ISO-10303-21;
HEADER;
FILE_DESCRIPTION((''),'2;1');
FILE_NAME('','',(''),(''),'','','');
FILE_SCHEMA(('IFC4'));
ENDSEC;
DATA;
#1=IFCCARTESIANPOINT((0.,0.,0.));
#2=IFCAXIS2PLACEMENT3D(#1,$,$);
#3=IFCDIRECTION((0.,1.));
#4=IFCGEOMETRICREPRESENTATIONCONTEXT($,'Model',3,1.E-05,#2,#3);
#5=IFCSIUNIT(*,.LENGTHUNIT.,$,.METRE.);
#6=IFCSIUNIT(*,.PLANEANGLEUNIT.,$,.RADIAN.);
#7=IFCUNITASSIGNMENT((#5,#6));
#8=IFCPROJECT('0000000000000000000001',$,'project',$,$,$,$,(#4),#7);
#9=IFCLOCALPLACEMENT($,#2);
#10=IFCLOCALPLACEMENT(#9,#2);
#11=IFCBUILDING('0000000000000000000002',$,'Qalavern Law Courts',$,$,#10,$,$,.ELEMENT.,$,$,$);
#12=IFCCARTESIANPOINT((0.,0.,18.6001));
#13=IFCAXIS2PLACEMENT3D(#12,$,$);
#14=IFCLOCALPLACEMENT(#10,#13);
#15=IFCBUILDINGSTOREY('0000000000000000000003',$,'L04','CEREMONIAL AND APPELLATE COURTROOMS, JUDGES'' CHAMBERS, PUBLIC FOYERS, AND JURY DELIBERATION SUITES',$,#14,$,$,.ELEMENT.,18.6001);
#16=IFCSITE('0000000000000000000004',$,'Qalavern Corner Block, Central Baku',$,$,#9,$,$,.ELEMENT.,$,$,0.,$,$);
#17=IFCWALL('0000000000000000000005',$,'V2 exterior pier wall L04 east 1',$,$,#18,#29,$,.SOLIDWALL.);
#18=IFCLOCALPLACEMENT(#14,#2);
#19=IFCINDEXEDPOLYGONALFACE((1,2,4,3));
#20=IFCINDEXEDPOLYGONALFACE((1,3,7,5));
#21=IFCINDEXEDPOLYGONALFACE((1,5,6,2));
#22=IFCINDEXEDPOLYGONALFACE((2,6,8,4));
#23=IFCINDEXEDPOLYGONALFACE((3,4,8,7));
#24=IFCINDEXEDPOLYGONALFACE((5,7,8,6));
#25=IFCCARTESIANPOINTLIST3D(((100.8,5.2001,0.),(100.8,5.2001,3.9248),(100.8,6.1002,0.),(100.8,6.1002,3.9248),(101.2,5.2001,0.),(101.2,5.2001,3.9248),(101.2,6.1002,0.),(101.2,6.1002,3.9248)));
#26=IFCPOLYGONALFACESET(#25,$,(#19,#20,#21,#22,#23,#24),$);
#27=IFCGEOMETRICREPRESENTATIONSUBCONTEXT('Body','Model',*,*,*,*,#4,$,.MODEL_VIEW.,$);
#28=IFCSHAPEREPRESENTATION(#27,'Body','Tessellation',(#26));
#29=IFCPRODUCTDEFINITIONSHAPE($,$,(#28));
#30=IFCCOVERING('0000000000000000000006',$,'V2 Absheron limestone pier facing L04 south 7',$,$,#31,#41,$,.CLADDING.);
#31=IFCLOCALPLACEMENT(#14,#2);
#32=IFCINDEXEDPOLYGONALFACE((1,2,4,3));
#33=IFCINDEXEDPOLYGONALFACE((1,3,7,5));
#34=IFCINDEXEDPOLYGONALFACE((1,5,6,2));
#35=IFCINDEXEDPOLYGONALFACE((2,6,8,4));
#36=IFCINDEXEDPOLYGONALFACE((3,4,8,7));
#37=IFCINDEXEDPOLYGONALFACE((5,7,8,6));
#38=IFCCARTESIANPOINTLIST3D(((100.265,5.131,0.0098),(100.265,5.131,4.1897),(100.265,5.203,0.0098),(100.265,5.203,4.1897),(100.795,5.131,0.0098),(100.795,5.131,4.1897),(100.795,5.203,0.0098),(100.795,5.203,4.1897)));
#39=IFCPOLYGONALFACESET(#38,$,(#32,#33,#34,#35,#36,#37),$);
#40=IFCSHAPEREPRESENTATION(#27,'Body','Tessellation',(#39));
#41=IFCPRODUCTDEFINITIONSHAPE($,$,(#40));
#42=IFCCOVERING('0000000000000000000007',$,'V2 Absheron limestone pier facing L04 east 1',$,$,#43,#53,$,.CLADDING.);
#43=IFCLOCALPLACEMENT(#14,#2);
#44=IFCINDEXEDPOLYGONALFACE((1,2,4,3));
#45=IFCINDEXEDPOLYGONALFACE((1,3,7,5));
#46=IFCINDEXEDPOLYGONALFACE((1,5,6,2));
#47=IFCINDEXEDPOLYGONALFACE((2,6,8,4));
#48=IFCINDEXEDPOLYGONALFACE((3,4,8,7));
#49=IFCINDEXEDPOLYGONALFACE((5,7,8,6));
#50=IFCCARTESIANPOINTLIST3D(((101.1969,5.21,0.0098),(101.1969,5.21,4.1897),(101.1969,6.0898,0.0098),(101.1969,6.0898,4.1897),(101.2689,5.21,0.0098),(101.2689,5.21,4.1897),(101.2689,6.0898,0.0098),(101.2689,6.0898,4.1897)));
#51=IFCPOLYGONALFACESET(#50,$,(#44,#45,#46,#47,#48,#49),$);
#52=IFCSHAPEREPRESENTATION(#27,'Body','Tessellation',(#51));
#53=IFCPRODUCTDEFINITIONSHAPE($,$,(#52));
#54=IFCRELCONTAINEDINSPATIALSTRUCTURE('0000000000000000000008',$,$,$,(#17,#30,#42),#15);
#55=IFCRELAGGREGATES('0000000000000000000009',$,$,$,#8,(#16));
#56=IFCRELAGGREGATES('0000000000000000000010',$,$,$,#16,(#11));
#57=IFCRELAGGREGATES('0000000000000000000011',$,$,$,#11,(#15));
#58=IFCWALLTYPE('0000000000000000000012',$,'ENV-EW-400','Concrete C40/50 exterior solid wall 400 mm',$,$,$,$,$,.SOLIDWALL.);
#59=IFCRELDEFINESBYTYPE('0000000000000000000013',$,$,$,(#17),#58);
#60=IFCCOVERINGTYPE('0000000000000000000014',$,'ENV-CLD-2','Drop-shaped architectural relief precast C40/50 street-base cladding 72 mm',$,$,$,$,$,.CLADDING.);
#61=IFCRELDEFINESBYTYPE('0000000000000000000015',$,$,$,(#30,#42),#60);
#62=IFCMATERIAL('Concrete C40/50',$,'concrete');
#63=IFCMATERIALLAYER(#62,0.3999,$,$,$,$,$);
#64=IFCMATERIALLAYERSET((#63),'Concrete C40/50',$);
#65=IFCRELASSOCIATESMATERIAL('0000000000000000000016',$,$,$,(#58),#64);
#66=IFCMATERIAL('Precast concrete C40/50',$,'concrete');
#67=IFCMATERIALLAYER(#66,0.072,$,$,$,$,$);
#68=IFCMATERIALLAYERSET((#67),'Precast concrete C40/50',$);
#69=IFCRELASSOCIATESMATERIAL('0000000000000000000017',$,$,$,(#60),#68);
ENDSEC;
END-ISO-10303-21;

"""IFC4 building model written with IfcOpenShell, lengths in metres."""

from ifc_helpers import new_model, si_unit, direction, frame, frame_2d, origin, origin_2d, place, context, subcontext, project, spatial, rectangle, extrude, material, layer, layer_set, type_object, element, save


model = new_model("IFC4")

# Units and contexts
model_context = context("Model", 3, precision=1e-05, world=origin(), true_north=direction((0.0, 1.0)))
body_context = subcontext(model_context, "Body", "Model", "MODEL_VIEW")
ifc_project = project(units=[si_unit("LENGTHUNIT", "METRE"), si_unit("PLANEANGLEUNIT", "RADIAN")], contexts=[model_context])

# Site, building, storey
site_placement = place(None, origin())
site = spatial("IfcSite", under=ifc_project, at=site_placement, Name="Qalavern Corner Block, Central Baku", CompositionType="ELEMENT", RefElevation=0.0)
building_placement = place(site_placement, origin())
building = spatial("IfcBuilding", under=site, at=building_placement, Name="Qalavern Law Courts", CompositionType="ELEMENT")
storey_placement = place(building_placement, frame((0.0, 0.0, 18.6001)))
storey = spatial("IfcBuildingStorey", under=building, at=storey_placement, Name="L04", Description="CEREMONIAL AND APPELLATE COURTROOMS, JUDGES' CHAMBERS, PUBLIC FOYERS, AND JURY DELIBERATION SUITES", CompositionType="ELEMENT", Elevation=18.6001)

# Wall
ifc_material_1 = material(Name="Concrete C40/50", Category="concrete")
ifc_layer_1 = layer(ifc_material_1, 0.3999)
ifc_layer_set_1 = layer_set([ifc_layer_1], Name="Concrete C40/50")
wall_type = type_object("IfcWallType", Name="ENV-EW-400", Description="Concrete C40/50 exterior solid wall 400 mm", PredefinedType="SOLIDWALL", material=ifc_layer_set_1)
wall_1_placement = place(storey_placement, frame((101.0, 5.2, 0.0), z_axis=(0.0, 0.0, 1.0), x_axis=(0.0, 1.0, 0.0)))
element("IfcWall", 1, at=wall_1_placement, inside=storey, type_object=wall_type, Name="V2 exterior pier wall L04 east 1", PredefinedType="SOLIDWALL", context=body_context, shape_type="SweptSolid", body=[
    extrude(rectangle(XDim=0.9001, YDim=0.3999, at=frame_2d((0.4502, 0.0))), origin(), (0.0, 0.0, 1.0), 3.9248),
])

# Coverings
ifc_material_2 = material(Name="Precast concrete C40/50", Category="concrete")
ifc_layer_2 = layer(ifc_material_2, 0.072)
ifc_layer_set_2 = layer_set([ifc_layer_2], Name="Precast concrete C40/50")
covering_type = type_object("IfcCoveringType", Name="ENV-CLD-2", Description="Drop-shaped architectural relief precast C40/50 street-base cladding 72 mm", PredefinedType="CLADDING", material=ifc_layer_set_2)
covering_1_placement = place(storey_placement, frame((100.53, 5.167, 0.0098), z_axis=(0.0, 0.0, 1.0), x_axis=(1.0, 0.0, 0.0)))
element("IfcCovering", 2, at=covering_1_placement, inside=storey, type_object=covering_type, Name="V2 Absheron limestone pier facing L04 south 7", PredefinedType="CLADDING", context=body_context, shape_type="SweptSolid", body=[
    extrude(rectangle(XDim=0.53, YDim=0.072, at=origin_2d()), origin(), (0.0, 0.0, 1.0), 4.1799),
])
covering_2_placement = place(storey_placement, frame((101.2329, 5.6499, 0.0098), z_axis=(0.0, 0.0, 1.0), x_axis=(0.0, 1.0, 0.0)))
element("IfcCovering", 3, at=covering_2_placement, inside=storey, type_object=covering_type, Name="V2 Absheron limestone pier facing L04 east 1", PredefinedType="CLADDING", context=body_context, shape_type="SweptSolid", body=[
    extrude(rectangle(XDim=0.8799, YDim=0.072, at=origin_2d()), origin(), (0.0, 0.0, 1.0), 4.1799),
])

save(model, "model.ifc")
